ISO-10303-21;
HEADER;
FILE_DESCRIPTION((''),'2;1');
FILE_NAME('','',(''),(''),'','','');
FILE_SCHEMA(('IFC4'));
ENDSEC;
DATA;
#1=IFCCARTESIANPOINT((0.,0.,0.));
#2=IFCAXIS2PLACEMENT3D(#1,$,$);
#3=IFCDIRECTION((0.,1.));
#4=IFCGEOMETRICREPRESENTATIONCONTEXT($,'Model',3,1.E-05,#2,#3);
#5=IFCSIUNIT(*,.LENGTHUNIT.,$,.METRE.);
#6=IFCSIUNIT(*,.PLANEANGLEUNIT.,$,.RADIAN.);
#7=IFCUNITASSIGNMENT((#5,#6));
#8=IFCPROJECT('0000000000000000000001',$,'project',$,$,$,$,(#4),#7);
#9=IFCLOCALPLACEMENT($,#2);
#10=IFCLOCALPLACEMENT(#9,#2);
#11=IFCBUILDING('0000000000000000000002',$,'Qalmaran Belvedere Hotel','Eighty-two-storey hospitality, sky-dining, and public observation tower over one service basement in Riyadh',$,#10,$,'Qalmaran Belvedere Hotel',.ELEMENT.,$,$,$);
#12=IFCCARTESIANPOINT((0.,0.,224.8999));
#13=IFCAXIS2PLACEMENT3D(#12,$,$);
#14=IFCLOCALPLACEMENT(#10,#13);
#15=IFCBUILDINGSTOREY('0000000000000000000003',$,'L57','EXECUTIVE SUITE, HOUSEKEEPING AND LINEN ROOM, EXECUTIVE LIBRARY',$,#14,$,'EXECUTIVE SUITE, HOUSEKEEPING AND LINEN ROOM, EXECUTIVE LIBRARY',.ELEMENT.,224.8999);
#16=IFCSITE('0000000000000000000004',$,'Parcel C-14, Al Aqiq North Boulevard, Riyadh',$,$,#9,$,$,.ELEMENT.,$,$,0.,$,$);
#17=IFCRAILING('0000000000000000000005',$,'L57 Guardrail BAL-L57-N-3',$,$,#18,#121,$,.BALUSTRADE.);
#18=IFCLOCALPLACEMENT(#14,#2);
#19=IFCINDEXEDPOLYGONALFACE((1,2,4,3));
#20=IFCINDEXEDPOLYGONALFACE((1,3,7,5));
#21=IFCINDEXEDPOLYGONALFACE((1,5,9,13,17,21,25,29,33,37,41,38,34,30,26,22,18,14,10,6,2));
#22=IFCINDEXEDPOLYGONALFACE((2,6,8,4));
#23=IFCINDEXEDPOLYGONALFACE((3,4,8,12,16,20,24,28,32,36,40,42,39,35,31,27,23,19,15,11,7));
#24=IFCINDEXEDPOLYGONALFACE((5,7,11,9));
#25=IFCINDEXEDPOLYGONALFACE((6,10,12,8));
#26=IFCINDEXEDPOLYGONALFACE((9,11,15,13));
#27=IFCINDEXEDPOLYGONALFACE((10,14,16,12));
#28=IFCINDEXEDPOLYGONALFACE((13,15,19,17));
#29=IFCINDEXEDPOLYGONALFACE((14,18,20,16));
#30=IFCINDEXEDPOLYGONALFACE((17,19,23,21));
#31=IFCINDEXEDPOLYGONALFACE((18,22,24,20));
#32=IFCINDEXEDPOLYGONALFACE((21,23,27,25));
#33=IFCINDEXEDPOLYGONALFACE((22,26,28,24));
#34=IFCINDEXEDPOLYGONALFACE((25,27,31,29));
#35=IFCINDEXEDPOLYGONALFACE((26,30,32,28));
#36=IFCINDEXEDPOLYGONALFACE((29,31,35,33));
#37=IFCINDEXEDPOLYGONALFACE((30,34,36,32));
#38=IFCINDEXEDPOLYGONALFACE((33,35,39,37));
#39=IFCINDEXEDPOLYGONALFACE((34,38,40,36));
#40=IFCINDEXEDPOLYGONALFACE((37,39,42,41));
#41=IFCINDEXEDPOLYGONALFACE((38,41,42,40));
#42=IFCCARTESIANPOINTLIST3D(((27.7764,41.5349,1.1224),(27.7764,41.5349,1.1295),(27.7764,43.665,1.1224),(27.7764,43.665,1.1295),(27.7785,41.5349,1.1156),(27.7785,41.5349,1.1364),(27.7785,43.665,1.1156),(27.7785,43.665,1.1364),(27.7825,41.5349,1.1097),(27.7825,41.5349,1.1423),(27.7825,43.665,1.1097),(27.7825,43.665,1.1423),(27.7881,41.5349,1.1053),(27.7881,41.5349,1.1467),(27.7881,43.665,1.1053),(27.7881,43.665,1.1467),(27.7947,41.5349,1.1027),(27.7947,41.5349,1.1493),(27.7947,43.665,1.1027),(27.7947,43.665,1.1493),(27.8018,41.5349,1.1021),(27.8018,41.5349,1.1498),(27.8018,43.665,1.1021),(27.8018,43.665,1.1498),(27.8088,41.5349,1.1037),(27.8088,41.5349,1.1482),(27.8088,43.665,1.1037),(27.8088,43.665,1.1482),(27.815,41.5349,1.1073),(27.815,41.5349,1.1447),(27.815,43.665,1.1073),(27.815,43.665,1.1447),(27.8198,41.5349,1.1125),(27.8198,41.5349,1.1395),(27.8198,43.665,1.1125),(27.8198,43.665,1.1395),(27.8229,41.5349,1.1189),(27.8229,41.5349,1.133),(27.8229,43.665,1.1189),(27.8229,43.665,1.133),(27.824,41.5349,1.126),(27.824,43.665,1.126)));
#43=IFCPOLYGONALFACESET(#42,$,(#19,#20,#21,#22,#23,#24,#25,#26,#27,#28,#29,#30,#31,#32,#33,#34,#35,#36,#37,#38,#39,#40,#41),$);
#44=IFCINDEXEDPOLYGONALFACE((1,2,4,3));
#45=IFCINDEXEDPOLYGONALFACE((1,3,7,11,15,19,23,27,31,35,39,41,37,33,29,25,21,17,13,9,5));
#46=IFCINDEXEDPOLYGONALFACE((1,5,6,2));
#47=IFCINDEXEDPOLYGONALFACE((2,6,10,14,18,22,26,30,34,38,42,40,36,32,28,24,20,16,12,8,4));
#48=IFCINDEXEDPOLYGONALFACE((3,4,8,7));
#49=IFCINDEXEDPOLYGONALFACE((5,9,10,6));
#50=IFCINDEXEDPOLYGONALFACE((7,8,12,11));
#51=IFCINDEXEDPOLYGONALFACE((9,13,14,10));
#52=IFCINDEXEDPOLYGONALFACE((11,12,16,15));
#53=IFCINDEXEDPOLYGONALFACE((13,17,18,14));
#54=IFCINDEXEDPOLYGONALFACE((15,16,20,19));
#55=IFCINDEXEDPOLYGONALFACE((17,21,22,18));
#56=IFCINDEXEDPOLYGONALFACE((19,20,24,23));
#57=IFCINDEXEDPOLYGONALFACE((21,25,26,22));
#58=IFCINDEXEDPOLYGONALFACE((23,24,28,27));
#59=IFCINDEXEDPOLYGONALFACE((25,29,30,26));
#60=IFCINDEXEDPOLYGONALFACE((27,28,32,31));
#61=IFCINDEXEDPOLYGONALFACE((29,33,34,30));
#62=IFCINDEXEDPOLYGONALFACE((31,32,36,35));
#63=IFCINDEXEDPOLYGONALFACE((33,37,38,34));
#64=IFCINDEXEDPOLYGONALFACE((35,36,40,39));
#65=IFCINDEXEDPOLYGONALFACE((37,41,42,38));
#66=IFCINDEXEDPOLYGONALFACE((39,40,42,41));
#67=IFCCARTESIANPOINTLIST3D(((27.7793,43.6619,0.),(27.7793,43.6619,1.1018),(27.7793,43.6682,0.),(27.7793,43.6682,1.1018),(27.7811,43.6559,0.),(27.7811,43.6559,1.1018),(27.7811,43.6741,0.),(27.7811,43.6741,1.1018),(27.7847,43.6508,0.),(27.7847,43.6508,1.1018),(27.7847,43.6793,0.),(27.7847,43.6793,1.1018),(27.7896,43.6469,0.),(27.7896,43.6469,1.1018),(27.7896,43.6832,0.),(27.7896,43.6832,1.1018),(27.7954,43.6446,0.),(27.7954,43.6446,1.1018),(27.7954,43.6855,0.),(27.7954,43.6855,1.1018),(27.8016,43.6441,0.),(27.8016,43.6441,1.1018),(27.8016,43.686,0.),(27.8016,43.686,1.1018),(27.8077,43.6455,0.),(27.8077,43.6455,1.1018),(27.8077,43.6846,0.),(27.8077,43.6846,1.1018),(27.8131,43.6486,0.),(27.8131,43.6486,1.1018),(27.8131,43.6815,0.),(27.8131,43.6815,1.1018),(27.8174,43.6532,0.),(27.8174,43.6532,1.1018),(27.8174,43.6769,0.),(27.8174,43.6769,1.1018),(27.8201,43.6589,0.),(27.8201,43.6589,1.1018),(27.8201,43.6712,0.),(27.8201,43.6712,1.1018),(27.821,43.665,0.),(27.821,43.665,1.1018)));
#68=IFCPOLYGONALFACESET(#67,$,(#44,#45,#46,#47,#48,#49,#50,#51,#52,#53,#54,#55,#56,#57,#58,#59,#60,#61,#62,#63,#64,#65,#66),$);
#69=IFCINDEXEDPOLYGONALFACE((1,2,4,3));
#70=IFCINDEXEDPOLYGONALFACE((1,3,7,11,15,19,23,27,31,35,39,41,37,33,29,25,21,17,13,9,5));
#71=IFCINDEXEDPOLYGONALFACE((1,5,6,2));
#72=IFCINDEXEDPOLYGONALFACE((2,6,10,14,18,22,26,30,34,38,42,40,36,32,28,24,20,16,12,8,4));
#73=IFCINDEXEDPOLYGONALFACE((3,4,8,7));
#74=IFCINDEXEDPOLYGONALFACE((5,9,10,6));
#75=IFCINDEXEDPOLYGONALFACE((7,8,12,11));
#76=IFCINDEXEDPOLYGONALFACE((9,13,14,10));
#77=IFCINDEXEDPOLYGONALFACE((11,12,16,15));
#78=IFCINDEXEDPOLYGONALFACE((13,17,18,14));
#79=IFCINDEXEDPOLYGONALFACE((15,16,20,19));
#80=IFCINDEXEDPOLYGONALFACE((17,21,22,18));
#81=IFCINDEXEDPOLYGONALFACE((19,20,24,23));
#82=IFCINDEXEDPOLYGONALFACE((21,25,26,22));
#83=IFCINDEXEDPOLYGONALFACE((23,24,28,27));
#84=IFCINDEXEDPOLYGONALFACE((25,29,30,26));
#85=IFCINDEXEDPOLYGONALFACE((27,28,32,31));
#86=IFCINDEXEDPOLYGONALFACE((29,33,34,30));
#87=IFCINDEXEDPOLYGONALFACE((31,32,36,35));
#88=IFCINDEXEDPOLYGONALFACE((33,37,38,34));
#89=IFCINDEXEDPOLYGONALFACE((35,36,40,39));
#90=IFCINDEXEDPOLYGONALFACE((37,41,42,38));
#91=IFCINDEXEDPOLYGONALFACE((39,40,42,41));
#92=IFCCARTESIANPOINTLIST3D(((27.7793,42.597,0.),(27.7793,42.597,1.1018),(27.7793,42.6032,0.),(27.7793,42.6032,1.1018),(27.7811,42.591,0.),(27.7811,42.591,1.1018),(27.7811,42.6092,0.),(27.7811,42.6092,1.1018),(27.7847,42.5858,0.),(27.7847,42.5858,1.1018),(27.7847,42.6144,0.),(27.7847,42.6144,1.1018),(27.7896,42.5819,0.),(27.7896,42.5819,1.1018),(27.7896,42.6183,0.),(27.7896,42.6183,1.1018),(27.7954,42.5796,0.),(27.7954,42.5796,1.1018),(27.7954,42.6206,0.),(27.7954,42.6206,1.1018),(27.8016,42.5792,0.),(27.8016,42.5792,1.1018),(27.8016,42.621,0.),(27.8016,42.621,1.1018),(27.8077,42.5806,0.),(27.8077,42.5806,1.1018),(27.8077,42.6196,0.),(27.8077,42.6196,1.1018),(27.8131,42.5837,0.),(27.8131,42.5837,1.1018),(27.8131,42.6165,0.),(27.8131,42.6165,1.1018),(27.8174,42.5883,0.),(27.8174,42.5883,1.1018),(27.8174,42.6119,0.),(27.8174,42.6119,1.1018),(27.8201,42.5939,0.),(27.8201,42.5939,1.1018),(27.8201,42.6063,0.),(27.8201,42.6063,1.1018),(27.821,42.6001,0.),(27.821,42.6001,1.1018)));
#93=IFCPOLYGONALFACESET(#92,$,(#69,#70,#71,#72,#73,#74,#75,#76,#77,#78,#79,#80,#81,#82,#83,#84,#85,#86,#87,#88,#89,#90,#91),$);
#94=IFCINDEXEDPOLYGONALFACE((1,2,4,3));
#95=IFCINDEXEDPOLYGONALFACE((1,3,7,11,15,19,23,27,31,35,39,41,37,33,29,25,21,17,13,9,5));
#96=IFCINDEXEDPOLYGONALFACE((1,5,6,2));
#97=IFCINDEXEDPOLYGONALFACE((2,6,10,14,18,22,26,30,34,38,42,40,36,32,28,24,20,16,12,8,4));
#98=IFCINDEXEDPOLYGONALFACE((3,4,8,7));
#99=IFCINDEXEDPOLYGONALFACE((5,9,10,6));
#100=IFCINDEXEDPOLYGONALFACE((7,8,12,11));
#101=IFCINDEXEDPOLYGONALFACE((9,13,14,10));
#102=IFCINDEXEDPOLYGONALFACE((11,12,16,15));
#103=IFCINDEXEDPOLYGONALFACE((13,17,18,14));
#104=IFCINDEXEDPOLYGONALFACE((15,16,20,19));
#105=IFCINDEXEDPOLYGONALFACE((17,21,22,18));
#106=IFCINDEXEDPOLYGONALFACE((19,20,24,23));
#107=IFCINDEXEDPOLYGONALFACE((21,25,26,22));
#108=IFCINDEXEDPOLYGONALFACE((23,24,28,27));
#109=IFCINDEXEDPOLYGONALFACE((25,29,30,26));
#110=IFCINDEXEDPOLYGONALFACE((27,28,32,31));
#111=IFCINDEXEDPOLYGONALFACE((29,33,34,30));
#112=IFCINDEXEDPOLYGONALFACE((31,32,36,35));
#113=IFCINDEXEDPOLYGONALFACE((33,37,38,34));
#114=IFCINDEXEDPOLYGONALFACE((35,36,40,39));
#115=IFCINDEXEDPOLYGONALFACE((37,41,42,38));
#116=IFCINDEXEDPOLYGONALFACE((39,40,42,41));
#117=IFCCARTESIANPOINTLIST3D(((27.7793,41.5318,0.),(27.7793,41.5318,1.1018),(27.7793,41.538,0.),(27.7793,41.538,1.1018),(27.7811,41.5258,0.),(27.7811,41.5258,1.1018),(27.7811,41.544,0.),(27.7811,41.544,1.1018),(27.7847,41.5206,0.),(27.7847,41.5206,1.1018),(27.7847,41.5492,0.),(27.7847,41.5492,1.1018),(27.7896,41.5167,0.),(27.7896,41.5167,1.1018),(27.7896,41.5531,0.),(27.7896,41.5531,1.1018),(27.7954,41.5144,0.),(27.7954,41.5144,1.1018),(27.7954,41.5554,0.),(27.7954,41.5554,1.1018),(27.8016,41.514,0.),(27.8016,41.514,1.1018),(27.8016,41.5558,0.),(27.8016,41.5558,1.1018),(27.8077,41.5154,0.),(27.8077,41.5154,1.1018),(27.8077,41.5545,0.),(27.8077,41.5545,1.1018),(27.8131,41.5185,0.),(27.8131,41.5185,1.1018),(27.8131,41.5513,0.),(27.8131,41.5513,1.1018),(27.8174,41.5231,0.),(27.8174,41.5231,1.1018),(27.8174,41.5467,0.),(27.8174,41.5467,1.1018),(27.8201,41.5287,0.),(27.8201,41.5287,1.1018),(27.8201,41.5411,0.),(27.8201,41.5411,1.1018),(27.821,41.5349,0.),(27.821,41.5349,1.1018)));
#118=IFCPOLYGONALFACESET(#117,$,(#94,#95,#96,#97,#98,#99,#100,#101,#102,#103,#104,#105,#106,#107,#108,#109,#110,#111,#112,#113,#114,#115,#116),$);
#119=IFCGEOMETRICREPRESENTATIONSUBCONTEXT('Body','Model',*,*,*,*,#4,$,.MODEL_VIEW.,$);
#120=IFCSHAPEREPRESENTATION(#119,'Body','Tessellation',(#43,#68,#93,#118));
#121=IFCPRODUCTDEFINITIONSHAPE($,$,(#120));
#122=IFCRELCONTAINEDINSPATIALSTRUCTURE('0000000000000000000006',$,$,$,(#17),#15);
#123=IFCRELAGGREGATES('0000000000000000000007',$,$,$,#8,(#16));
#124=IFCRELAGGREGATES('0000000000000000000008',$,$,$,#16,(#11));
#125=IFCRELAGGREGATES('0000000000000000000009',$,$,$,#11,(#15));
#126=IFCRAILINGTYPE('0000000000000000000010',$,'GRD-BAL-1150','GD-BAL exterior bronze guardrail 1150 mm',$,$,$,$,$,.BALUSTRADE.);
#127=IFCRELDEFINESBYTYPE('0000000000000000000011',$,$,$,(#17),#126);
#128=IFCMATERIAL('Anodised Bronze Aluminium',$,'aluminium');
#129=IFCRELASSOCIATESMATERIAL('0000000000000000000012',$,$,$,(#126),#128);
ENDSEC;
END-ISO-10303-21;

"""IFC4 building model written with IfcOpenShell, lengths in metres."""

from ifc_helpers import new_model, si_unit, direction, frame, origin, origin_2d, place, context, subcontext, project, spatial, circle, extrude, material, type_object, element, save


model = new_model("IFC4")

# Units and contexts
model_context = context("Model", 3, precision=1e-05, world=origin(), true_north=direction((0.0, 1.0)))
body_context = subcontext(model_context, "Body", "Model", "MODEL_VIEW")
ifc_project = project(units=[si_unit("LENGTHUNIT", "METRE"), si_unit("PLANEANGLEUNIT", "RADIAN")], contexts=[model_context])

# Site, building, storey
site_placement = place(None, origin())
site = spatial("IfcSite", under=ifc_project, at=site_placement, Name="Parcel C-14, Al Aqiq North Boulevard, Riyadh", CompositionType="ELEMENT", RefElevation=0.0)
building_placement = place(site_placement, origin())
building = spatial("IfcBuilding", under=site, at=building_placement, Name="Qalmaran Belvedere Hotel", Description="Eighty-two-storey hospitality, sky-dining, and public observation tower over one service basement in Riyadh", LongName="Qalmaran Belvedere Hotel", CompositionType="ELEMENT")
storey_placement = place(building_placement, frame((0.0, 0.0, 224.8999)))
storey = spatial("IfcBuildingStorey", under=building, at=storey_placement, Name="L57", Description="EXECUTIVE SUITE, HOUSEKEEPING AND LINEN ROOM, EXECUTIVE LIBRARY", LongName="EXECUTIVE SUITE, HOUSEKEEPING AND LINEN ROOM, EXECUTIVE LIBRARY", CompositionType="ELEMENT", Elevation=224.8999)

# Shared definitions
ifc_material_1 = material(Name="Anodised Bronze Aluminium", Category="aluminium")

# Railing
railing_type = type_object("IfcRailingType", Name="GRD-BAL-1150", Description="GD-BAL exterior bronze guardrail 1150 mm", PredefinedType="BALUSTRADE", material=ifc_material_1)
railing_1_placement = place(storey_placement, frame((27.8, 43.665, 0.0)))
element("IfcRailing", 1, at=railing_1_placement, inside=storey, type_object=railing_type, Name="L57 Guardrail BAL-L57-N-3", PredefinedType="BALUSTRADE", context=body_context, shape_type="SweptSolid", body=[
    extrude(circle(Radius=0.0239, at=origin_2d()), frame((0.0, 0.0, 1.126), z_axis=(0.0, -1.0, 0.0), x_axis=(1.0, 0.0, 0.0)), (0.0, 0.0, 1.0), 2.1301),
    extrude(circle(Radius=0.021, at=origin_2d()), origin(), (0.0, 0.0, 1.0), 1.1018),
    extrude(circle(Radius=0.021, at=origin_2d()), frame((0.0, -1.0649, 0.0)), (0.0, 0.0, 1.0), 1.1018),
    extrude(circle(Radius=0.021, at=origin_2d()), frame((0.0, -2.1301, 0.0)), (0.0, 0.0, 1.0), 1.1018),
])

save(model, "model.ifc")
